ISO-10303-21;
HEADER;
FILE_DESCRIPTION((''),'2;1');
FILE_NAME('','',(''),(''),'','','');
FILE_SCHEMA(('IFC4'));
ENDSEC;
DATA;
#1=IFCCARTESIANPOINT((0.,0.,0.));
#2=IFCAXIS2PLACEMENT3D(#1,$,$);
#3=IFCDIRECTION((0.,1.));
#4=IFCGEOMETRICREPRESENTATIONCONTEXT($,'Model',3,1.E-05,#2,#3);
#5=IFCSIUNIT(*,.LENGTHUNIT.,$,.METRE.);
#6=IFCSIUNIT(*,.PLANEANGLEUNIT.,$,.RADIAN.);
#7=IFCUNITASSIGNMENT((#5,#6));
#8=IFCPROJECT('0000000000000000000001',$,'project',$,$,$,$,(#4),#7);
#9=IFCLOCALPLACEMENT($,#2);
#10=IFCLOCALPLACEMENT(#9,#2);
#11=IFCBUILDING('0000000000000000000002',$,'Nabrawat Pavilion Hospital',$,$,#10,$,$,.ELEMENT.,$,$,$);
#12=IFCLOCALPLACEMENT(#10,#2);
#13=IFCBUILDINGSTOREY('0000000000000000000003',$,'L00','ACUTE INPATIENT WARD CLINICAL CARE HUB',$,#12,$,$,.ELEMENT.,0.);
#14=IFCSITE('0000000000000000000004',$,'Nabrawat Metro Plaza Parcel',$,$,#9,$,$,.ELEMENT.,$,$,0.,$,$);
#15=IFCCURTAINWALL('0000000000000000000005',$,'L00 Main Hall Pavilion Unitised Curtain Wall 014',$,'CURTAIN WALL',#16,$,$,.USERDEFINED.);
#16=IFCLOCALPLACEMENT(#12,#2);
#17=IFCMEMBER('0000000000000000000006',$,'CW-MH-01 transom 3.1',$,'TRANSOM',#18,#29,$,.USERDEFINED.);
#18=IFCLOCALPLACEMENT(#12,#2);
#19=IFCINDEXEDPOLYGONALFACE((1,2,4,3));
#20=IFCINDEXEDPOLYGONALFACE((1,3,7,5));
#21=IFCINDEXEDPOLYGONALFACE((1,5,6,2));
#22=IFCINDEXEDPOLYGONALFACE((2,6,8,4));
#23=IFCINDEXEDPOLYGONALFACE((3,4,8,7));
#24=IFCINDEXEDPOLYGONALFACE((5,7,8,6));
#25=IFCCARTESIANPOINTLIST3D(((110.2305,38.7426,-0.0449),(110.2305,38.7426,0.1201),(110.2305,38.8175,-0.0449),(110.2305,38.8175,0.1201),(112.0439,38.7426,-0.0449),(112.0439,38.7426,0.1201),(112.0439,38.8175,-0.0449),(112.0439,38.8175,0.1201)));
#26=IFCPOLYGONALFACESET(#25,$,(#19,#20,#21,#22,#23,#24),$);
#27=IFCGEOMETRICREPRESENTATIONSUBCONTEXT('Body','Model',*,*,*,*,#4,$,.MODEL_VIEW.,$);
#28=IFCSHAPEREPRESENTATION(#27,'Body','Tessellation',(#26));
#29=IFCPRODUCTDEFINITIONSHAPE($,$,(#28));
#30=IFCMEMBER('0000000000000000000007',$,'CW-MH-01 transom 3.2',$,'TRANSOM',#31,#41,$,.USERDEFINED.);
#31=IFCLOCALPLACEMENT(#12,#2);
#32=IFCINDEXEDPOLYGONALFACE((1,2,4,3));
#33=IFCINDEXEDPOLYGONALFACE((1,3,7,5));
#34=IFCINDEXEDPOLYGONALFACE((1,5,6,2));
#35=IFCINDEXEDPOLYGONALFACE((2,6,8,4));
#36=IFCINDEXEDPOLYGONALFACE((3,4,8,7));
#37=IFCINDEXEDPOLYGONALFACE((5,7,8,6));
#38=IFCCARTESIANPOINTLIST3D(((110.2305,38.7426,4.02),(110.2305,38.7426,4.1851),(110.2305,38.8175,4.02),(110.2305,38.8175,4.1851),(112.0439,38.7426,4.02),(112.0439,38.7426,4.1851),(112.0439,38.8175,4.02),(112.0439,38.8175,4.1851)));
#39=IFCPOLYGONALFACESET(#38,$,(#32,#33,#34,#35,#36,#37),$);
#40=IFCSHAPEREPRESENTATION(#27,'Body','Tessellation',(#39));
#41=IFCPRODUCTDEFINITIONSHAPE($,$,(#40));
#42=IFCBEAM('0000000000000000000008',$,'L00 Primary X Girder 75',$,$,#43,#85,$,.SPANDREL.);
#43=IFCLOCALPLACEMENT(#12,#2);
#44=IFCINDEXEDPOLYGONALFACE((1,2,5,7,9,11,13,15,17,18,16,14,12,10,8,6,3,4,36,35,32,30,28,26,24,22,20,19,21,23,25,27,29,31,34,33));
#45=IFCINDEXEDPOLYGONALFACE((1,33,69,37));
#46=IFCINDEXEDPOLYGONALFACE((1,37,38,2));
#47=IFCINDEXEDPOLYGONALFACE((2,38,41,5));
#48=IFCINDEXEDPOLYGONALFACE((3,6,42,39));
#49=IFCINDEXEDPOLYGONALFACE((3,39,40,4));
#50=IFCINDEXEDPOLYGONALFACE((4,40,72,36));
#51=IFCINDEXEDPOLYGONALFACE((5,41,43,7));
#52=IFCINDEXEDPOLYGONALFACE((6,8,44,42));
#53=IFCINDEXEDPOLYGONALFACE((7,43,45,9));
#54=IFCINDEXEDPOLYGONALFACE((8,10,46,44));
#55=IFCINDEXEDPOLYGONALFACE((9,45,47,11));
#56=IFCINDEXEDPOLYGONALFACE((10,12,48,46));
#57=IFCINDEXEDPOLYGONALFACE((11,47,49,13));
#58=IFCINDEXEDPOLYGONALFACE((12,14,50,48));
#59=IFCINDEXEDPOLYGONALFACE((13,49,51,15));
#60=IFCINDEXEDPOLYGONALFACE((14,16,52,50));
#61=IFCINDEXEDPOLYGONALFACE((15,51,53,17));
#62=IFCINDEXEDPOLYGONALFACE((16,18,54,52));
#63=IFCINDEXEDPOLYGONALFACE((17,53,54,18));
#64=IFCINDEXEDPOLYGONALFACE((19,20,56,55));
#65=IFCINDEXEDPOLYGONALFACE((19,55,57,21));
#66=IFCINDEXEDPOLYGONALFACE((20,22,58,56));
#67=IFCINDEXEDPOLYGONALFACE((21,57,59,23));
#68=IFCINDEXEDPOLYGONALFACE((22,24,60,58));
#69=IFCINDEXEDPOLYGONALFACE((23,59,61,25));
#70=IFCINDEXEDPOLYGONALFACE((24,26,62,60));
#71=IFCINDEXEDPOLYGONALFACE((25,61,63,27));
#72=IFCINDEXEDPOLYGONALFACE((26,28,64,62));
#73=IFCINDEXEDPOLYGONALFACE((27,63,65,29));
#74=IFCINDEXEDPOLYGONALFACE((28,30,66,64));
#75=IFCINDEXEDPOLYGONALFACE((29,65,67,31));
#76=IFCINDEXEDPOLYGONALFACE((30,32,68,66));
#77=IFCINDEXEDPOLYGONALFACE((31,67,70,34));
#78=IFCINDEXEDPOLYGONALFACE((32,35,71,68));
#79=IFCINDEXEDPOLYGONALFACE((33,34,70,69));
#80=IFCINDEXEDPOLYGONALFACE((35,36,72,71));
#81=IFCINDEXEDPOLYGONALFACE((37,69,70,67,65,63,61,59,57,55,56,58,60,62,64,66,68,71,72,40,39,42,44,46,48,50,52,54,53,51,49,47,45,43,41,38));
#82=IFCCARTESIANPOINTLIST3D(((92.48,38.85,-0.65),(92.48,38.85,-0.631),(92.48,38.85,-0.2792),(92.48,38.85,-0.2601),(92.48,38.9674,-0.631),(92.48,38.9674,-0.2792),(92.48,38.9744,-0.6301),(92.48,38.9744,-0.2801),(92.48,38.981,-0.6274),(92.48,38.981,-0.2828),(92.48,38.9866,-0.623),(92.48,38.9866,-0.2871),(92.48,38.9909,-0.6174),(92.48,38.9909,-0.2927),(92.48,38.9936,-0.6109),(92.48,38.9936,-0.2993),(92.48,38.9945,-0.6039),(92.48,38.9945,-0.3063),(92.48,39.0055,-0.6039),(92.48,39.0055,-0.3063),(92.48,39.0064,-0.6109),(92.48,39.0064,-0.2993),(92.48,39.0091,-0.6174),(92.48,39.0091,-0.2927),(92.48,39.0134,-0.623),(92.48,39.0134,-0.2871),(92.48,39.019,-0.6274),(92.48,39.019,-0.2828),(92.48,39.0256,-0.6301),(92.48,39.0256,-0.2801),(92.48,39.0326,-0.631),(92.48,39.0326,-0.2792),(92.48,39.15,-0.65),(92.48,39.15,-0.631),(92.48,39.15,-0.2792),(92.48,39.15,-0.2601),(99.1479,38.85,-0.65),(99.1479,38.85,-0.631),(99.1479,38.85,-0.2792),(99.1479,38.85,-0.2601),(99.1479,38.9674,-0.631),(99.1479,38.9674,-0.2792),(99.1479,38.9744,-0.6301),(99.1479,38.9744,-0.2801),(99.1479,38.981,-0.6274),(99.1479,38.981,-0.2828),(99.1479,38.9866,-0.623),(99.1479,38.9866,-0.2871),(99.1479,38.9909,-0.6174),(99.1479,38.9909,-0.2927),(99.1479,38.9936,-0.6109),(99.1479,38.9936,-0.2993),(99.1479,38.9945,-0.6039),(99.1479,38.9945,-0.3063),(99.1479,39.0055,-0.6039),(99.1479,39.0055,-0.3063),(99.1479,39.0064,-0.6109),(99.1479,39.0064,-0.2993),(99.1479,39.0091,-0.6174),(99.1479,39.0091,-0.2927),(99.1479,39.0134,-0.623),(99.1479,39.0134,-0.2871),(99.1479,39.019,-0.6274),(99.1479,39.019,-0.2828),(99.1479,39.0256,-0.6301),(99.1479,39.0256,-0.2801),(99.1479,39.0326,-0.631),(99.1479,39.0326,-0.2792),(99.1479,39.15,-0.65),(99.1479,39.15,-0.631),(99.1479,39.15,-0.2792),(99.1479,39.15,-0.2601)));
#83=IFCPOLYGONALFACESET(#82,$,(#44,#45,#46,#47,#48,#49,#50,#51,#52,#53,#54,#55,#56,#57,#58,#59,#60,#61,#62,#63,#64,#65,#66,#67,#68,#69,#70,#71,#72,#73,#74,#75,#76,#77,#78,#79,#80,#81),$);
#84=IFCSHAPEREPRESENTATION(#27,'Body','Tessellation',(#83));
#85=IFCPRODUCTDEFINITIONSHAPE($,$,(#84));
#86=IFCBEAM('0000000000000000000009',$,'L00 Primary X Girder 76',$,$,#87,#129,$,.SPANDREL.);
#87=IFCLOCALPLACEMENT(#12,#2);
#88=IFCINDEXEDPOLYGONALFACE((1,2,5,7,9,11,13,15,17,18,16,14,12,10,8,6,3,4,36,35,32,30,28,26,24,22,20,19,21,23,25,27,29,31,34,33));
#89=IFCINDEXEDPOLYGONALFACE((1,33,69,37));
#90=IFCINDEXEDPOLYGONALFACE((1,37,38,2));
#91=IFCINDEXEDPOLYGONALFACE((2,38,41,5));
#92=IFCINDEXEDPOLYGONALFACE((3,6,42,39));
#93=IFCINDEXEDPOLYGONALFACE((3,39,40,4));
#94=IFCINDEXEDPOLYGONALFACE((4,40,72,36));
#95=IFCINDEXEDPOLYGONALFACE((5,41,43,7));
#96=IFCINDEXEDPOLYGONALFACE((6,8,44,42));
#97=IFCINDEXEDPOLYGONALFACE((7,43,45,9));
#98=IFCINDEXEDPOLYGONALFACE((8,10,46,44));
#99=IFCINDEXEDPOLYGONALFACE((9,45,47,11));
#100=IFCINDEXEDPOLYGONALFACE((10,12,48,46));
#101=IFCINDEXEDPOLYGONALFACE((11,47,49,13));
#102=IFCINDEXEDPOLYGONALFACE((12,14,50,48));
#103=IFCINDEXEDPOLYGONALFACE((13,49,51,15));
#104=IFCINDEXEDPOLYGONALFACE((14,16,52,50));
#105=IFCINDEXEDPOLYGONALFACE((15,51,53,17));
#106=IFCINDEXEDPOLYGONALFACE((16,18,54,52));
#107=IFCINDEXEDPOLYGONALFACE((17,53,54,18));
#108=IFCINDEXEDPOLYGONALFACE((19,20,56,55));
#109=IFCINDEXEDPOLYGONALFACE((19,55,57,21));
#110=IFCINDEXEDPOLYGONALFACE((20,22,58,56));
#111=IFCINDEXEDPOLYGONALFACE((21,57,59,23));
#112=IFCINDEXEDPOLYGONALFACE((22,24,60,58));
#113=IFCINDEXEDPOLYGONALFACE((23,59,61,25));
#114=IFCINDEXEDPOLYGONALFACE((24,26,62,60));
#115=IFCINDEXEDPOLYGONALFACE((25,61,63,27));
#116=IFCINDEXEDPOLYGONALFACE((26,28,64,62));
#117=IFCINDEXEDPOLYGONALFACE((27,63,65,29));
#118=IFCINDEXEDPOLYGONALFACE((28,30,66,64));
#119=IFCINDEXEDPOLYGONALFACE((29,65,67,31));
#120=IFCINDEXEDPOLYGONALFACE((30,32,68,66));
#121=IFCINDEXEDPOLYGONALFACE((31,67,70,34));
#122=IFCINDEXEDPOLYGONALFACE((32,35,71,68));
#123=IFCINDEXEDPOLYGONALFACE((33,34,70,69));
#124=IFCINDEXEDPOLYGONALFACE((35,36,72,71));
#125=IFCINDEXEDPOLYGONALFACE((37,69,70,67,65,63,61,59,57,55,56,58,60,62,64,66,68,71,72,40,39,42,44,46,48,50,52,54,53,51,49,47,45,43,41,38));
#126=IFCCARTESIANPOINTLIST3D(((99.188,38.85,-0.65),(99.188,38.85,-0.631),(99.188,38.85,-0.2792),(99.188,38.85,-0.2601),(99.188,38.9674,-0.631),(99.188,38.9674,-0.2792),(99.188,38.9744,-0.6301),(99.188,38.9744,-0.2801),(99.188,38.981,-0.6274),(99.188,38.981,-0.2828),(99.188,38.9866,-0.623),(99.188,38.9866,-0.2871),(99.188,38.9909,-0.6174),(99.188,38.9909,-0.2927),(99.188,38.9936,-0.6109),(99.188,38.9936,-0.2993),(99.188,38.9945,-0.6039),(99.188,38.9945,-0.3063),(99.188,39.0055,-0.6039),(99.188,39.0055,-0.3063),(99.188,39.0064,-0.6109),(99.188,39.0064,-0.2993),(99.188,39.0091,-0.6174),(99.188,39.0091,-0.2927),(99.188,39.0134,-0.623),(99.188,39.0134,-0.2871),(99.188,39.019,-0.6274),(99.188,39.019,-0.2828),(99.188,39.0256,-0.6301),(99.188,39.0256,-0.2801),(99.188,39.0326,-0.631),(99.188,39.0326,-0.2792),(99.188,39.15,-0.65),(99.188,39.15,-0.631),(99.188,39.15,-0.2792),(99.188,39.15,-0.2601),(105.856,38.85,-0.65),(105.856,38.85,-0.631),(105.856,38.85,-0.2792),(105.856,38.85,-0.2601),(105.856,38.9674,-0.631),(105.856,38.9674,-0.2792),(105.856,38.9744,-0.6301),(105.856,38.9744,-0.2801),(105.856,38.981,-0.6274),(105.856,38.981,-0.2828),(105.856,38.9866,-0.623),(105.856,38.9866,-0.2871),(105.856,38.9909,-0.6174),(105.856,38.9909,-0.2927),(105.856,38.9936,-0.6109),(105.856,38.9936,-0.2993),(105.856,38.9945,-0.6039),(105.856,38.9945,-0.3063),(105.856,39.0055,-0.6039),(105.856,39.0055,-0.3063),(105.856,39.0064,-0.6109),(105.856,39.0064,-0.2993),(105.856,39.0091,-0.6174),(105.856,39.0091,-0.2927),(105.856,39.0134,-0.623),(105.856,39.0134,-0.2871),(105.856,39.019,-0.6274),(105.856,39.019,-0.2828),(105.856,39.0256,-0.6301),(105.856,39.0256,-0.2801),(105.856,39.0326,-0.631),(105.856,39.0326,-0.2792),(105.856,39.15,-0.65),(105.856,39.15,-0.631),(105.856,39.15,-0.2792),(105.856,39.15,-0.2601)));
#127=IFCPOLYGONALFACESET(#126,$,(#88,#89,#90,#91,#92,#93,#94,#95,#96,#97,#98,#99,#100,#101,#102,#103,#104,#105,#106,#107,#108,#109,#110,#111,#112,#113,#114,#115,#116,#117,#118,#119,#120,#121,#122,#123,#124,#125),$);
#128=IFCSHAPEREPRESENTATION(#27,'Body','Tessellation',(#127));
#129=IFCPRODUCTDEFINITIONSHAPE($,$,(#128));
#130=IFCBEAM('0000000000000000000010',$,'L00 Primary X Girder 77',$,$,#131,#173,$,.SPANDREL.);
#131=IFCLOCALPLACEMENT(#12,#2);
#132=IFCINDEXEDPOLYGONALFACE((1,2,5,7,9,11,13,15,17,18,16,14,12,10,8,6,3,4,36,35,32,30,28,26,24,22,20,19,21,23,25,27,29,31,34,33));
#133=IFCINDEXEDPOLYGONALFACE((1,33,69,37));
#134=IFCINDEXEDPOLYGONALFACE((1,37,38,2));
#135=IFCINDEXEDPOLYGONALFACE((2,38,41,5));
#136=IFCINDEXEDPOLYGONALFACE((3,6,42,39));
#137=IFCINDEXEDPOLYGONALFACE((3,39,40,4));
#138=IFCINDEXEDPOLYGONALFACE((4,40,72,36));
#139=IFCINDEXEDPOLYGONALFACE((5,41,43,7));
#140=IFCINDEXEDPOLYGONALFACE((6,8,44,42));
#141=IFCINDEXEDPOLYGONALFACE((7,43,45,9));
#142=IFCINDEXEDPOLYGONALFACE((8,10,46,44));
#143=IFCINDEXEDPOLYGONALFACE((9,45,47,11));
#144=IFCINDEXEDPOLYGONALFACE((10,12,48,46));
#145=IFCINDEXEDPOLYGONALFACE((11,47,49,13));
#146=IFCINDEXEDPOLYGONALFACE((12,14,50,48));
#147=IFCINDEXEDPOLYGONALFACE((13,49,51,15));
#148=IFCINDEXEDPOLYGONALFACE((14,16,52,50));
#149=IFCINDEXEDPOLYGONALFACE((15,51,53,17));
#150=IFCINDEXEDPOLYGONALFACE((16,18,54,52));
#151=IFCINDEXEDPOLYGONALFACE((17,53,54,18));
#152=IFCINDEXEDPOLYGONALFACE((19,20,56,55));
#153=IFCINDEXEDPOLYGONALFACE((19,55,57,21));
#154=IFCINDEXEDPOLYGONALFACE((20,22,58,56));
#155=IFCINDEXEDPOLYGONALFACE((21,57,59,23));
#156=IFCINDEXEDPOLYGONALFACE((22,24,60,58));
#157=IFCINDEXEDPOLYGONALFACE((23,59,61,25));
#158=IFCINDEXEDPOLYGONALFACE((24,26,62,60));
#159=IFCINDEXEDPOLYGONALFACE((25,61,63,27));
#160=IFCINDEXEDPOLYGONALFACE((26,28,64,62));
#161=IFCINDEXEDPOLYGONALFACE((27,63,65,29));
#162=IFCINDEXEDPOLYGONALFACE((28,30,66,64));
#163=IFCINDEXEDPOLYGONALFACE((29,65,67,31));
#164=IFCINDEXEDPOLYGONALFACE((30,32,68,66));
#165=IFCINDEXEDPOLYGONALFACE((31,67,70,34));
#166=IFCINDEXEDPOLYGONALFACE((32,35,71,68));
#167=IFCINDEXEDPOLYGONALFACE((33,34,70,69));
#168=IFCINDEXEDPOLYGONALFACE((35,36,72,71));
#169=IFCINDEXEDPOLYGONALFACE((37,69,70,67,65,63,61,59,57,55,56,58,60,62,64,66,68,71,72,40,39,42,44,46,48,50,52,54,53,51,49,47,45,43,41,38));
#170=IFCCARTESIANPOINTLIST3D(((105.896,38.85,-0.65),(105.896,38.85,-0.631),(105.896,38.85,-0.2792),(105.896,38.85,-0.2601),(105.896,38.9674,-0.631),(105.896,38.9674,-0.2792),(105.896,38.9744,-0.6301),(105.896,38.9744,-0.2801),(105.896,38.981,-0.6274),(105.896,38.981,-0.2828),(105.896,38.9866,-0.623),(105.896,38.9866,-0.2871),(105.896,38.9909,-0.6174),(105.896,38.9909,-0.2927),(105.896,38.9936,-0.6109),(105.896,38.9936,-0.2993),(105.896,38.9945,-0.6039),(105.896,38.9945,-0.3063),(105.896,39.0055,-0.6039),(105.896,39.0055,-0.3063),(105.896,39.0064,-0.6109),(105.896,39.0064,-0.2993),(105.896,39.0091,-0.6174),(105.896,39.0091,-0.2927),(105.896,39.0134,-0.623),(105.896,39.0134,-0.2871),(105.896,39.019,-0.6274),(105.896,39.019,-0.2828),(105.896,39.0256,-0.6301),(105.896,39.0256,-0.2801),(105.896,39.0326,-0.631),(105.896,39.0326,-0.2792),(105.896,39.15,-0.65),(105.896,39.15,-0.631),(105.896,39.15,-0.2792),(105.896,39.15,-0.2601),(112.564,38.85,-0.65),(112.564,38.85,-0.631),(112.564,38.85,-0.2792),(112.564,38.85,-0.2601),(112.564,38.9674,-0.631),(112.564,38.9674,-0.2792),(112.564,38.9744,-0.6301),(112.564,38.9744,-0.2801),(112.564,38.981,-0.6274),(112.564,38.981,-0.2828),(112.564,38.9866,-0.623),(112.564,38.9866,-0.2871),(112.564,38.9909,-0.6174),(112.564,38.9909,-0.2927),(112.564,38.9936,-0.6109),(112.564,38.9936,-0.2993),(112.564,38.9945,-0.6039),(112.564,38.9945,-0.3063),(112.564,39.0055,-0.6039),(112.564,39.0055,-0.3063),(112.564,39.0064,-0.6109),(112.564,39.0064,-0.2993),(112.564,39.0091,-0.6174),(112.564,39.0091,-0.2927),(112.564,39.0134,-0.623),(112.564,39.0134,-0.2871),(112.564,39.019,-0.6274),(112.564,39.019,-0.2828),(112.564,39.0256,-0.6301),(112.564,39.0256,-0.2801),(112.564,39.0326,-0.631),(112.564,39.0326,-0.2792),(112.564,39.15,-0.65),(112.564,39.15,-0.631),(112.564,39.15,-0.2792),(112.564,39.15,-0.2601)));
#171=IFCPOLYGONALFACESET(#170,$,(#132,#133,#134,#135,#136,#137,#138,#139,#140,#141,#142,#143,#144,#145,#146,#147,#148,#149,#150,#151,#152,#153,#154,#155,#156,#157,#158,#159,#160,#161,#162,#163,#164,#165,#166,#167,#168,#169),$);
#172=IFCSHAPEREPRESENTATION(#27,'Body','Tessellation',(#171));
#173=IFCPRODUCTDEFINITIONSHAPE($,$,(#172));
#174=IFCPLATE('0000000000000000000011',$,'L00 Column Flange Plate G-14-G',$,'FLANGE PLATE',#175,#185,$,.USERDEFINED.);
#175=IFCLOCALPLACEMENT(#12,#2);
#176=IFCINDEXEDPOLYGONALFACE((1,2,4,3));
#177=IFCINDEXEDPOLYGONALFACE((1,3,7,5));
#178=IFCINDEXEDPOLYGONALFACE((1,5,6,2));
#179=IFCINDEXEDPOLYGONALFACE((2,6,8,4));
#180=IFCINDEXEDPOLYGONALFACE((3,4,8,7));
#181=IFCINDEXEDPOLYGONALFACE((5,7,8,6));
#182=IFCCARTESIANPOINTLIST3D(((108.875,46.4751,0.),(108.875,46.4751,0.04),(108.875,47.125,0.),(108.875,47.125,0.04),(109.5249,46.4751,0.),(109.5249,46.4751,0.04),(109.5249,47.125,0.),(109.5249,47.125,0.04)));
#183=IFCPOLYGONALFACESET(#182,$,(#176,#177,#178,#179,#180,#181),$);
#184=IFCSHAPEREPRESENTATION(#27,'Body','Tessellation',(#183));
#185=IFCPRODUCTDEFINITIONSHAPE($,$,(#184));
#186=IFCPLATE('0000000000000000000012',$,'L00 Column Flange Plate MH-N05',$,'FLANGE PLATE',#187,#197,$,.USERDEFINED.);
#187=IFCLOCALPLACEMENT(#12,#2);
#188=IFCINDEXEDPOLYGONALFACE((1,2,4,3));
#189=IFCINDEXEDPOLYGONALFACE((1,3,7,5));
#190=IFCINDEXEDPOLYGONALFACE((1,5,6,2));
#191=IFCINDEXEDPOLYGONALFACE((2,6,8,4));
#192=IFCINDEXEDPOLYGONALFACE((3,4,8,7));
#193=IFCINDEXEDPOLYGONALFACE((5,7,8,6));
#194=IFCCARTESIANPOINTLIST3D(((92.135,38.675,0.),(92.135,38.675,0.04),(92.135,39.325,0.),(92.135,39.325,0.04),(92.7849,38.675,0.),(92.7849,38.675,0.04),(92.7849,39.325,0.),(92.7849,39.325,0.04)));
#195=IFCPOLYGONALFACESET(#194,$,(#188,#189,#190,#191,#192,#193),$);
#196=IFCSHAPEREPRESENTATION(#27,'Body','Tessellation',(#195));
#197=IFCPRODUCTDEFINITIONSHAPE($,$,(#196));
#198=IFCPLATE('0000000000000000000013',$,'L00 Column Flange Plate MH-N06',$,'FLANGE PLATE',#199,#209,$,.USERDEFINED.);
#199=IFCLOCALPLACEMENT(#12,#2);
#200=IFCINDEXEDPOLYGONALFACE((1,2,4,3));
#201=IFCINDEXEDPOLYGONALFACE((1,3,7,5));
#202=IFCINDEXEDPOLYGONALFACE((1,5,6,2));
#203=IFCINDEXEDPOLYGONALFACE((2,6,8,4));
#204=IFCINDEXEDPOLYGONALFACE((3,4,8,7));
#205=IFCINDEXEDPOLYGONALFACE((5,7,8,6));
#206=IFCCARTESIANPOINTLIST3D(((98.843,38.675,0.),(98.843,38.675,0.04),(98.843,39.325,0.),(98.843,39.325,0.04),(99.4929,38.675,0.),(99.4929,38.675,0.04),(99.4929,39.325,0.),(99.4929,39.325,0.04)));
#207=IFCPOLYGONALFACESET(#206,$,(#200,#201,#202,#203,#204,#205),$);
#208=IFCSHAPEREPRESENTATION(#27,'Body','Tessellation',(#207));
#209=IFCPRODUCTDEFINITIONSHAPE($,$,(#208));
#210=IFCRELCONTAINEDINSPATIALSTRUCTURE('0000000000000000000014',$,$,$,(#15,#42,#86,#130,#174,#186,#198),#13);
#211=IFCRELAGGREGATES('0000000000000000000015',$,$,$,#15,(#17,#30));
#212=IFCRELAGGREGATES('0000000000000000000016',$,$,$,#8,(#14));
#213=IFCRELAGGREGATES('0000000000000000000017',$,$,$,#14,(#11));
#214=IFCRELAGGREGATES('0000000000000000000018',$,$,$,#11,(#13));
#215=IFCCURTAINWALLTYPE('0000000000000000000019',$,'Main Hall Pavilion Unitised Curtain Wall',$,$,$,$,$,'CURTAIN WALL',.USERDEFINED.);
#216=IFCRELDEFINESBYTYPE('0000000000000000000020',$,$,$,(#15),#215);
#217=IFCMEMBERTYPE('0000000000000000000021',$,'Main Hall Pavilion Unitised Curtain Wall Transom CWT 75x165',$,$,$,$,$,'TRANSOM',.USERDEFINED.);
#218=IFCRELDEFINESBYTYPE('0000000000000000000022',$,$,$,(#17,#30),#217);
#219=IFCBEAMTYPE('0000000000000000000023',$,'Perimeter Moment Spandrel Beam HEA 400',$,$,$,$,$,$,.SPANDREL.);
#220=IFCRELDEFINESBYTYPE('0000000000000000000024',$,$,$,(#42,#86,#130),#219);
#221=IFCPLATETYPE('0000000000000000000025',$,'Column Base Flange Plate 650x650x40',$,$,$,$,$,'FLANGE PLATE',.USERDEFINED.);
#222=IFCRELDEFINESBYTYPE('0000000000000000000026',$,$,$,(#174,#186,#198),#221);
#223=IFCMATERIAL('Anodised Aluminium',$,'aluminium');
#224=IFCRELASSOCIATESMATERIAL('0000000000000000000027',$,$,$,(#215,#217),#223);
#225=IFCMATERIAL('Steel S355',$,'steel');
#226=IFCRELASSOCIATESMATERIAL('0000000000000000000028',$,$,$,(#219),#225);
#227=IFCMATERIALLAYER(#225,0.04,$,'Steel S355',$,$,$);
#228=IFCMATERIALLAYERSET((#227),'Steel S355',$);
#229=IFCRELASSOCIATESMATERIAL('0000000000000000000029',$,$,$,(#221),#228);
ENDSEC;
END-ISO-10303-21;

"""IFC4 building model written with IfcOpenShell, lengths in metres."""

from ifc_helpers import new_model, si_unit, direction, frame, origin, origin_2d, place, context, subcontext, project, spatial, rectangle, i_section, extrude, material, layer, layer_set, material_profile, profile_set, type_object, element, aggregate, save


model = new_model("IFC4")

# Units and contexts
model_context = context("Model", 3, precision=1e-05, world=origin(), true_north=direction((0.0, 1.0)))
body_context = subcontext(model_context, "Body", "Model", "MODEL_VIEW")
ifc_project = project(units=[si_unit("LENGTHUNIT", "METRE"), si_unit("PLANEANGLEUNIT", "RADIAN")], contexts=[model_context])

# Site, building, storey
site_placement = place(None, origin())
site = spatial("IfcSite", under=ifc_project, at=site_placement, Name="Nabrawat Metro Plaza Parcel", CompositionType="ELEMENT", RefElevation=0.0)
building_placement = place(site_placement, origin())
building = spatial("IfcBuilding", under=site, at=building_placement, Name="Nabrawat Pavilion Hospital", CompositionType="ELEMENT")
storey_placement = place(building_placement, origin())
storey = spatial("IfcBuildingStorey", under=building, at=storey_placement, Name="L00", Description="ACUTE INPATIENT WARD CLINICAL CARE HUB", CompositionType="ELEMENT", Elevation=0.0)

# Shared definitions
ifc_material_1 = material(Name="Steel S355", Category="steel")

# Shared definitions
ifc_material_2 = material(Name="Anodised Aluminium", Category="aluminium")
curtain_wall_type = type_object("IfcCurtainWallType", Name="Main Hall Pavilion Unitised Curtain Wall", ElementType="CURTAIN WALL", PredefinedType="USERDEFINED", material=ifc_material_2)

# Curtain wall
curtain_wall_1_placement = place(storey_placement, origin())
curtain_wall_1 = element("IfcCurtainWall", 1, at=curtain_wall_1_placement, inside=storey, type_object=curtain_wall_type, Name="L00 Main Hall Pavilion Unitised Curtain Wall 014", ObjectType="CURTAIN WALL", PredefinedType="USERDEFINED")

# Members
ifc_material_profile_1 = material_profile(ifc_material_2, rectangle(XDim=0.075, YDim=0.165, at=origin_2d()), Name="CWT 75x165")
ifc_profile_set_1 = profile_set([ifc_material_profile_1], Name="Anodised Aluminium")
member_type_1 = type_object("IfcMemberType", Name="Main Hall Pavilion Unitised Curtain Wall Transom CWT 75x165", ElementType="TRANSOM", PredefinedType="USERDEFINED", material=ifc_profile_set_1)
member_1_placement = place(storey_placement, frame((110.2305, 38.78, 0.0376), z_axis=(1.0, 0.0, 0.0), x_axis=(0.0, 1.0, 0.0)))
member_1 = element("IfcMember", 2, at=member_1_placement, type_object=member_type_1, Name="CW-MH-01 transom 3.1", ObjectType="TRANSOM", PredefinedType="USERDEFINED", context=body_context, shape_type="SweptSolid", body=[
    extrude(rectangle(XDim=0.075, YDim=0.165, at=origin_2d()), origin(), (0.0, 0.0, 1.0), 1.8135),
])
member_2_placement = place(storey_placement, frame((110.2305, 38.78, 4.1025), z_axis=(1.0, 0.0, 0.0), x_axis=(0.0, 1.0, 0.0)))
member_2 = element("IfcMember", 3, at=member_2_placement, type_object=member_type_1, Name="CW-MH-01 transom 3.2", ObjectType="TRANSOM", PredefinedType="USERDEFINED", context=body_context, shape_type="SweptSolid", body=[
    extrude(rectangle(XDim=0.075, YDim=0.165, at=origin_2d()), origin(), (0.0, 0.0, 1.0), 1.8135),
])

# Beams
ifc_material_profile_2 = material_profile(ifc_material_1, i_section(OverallWidth=0.3, OverallDepth=0.3899, WebThickness=0.011, FlangeThickness=0.019, FilletRadius=0.0271, at=origin_2d()), Name="HEA 400")
ifc_profile_set_2 = profile_set([ifc_material_profile_2], Name="Steel S355")
beam_type = type_object("IfcBeamType", Name="Perimeter Moment Spandrel Beam HEA 400", PredefinedType="SPANDREL", material=ifc_profile_set_2)
for number, where, z_axis, x_axis, name in (
    (4, (92.48, 39.0, -0.4551), (1.0, 0.0, 0.0), (0.0, 1.0, 0.0), "L00 Primary X Girder 75"),
    (5, (99.188, 39.0, -0.4551), (1.0, 0.0, 0.0), (0.0, 1.0, 0.0), "L00 Primary X Girder 76"),
    (6, (105.896, 39.0, -0.4551), (1.0, 0.0, 0.0), (0.0, 1.0, 0.0), "L00 Primary X Girder 77"),
):
    element("IfcBeam", number, at=place(storey_placement, frame(where, z_axis=z_axis, x_axis=x_axis)), inside=storey, type_object=beam_type, Name=name, PredefinedType="SPANDREL", context=body_context, shape_type="SweptSolid", body=[
        extrude(i_section(OverallWidth=0.3, OverallDepth=0.3899, WebThickness=0.011, FlangeThickness=0.019, FilletRadius=0.0271, at=origin_2d()), origin(), (0.0, 0.0, 1.0), 6.668),
    ])

# Plates
ifc_layer_1 = layer(ifc_material_1, 0.04, Name="Steel S355")
ifc_layer_set_1 = layer_set([ifc_layer_1], Name="Steel S355")
plate_type_1 = type_object("IfcPlateType", Name="Column Base Flange Plate 650x650x40", ElementType="FLANGE PLATE", PredefinedType="USERDEFINED", material=ifc_layer_set_1)
for number, where, z_axis, x_axis, name in (
    (7, (109.2, 46.8, 0.0), (0.0, 0.0, 1.0), (1.0, 0.0, 0.0), "L00 Column Flange Plate G-14-G"),
    (8, (92.46, 39.0, 0.0), (0.0, 0.0, 1.0), (1.0, 0.0, 0.0), "L00 Column Flange Plate MH-N05"),
    (9, (99.168, 39.0, 0.0), (0.0, 0.0, 1.0), (1.0, 0.0, 0.0), "L00 Column Flange Plate MH-N06"),
):
    element("IfcPlate", number, at=place(storey_placement, frame(where, z_axis=z_axis, x_axis=x_axis)), inside=storey, type_object=plate_type_1, Name=name, ObjectType="FLANGE PLATE", PredefinedType="USERDEFINED", context=body_context, shape_type="SweptSolid", body=[
        extrude(rectangle(XDim=0.6499, YDim=0.6499, at=origin_2d()), origin(), (0.0, 0.0, 1.0), 0.04),
    ])

aggregate(curtain_wall_1, [member_1, member_2])

save(model, "model.ifc")
